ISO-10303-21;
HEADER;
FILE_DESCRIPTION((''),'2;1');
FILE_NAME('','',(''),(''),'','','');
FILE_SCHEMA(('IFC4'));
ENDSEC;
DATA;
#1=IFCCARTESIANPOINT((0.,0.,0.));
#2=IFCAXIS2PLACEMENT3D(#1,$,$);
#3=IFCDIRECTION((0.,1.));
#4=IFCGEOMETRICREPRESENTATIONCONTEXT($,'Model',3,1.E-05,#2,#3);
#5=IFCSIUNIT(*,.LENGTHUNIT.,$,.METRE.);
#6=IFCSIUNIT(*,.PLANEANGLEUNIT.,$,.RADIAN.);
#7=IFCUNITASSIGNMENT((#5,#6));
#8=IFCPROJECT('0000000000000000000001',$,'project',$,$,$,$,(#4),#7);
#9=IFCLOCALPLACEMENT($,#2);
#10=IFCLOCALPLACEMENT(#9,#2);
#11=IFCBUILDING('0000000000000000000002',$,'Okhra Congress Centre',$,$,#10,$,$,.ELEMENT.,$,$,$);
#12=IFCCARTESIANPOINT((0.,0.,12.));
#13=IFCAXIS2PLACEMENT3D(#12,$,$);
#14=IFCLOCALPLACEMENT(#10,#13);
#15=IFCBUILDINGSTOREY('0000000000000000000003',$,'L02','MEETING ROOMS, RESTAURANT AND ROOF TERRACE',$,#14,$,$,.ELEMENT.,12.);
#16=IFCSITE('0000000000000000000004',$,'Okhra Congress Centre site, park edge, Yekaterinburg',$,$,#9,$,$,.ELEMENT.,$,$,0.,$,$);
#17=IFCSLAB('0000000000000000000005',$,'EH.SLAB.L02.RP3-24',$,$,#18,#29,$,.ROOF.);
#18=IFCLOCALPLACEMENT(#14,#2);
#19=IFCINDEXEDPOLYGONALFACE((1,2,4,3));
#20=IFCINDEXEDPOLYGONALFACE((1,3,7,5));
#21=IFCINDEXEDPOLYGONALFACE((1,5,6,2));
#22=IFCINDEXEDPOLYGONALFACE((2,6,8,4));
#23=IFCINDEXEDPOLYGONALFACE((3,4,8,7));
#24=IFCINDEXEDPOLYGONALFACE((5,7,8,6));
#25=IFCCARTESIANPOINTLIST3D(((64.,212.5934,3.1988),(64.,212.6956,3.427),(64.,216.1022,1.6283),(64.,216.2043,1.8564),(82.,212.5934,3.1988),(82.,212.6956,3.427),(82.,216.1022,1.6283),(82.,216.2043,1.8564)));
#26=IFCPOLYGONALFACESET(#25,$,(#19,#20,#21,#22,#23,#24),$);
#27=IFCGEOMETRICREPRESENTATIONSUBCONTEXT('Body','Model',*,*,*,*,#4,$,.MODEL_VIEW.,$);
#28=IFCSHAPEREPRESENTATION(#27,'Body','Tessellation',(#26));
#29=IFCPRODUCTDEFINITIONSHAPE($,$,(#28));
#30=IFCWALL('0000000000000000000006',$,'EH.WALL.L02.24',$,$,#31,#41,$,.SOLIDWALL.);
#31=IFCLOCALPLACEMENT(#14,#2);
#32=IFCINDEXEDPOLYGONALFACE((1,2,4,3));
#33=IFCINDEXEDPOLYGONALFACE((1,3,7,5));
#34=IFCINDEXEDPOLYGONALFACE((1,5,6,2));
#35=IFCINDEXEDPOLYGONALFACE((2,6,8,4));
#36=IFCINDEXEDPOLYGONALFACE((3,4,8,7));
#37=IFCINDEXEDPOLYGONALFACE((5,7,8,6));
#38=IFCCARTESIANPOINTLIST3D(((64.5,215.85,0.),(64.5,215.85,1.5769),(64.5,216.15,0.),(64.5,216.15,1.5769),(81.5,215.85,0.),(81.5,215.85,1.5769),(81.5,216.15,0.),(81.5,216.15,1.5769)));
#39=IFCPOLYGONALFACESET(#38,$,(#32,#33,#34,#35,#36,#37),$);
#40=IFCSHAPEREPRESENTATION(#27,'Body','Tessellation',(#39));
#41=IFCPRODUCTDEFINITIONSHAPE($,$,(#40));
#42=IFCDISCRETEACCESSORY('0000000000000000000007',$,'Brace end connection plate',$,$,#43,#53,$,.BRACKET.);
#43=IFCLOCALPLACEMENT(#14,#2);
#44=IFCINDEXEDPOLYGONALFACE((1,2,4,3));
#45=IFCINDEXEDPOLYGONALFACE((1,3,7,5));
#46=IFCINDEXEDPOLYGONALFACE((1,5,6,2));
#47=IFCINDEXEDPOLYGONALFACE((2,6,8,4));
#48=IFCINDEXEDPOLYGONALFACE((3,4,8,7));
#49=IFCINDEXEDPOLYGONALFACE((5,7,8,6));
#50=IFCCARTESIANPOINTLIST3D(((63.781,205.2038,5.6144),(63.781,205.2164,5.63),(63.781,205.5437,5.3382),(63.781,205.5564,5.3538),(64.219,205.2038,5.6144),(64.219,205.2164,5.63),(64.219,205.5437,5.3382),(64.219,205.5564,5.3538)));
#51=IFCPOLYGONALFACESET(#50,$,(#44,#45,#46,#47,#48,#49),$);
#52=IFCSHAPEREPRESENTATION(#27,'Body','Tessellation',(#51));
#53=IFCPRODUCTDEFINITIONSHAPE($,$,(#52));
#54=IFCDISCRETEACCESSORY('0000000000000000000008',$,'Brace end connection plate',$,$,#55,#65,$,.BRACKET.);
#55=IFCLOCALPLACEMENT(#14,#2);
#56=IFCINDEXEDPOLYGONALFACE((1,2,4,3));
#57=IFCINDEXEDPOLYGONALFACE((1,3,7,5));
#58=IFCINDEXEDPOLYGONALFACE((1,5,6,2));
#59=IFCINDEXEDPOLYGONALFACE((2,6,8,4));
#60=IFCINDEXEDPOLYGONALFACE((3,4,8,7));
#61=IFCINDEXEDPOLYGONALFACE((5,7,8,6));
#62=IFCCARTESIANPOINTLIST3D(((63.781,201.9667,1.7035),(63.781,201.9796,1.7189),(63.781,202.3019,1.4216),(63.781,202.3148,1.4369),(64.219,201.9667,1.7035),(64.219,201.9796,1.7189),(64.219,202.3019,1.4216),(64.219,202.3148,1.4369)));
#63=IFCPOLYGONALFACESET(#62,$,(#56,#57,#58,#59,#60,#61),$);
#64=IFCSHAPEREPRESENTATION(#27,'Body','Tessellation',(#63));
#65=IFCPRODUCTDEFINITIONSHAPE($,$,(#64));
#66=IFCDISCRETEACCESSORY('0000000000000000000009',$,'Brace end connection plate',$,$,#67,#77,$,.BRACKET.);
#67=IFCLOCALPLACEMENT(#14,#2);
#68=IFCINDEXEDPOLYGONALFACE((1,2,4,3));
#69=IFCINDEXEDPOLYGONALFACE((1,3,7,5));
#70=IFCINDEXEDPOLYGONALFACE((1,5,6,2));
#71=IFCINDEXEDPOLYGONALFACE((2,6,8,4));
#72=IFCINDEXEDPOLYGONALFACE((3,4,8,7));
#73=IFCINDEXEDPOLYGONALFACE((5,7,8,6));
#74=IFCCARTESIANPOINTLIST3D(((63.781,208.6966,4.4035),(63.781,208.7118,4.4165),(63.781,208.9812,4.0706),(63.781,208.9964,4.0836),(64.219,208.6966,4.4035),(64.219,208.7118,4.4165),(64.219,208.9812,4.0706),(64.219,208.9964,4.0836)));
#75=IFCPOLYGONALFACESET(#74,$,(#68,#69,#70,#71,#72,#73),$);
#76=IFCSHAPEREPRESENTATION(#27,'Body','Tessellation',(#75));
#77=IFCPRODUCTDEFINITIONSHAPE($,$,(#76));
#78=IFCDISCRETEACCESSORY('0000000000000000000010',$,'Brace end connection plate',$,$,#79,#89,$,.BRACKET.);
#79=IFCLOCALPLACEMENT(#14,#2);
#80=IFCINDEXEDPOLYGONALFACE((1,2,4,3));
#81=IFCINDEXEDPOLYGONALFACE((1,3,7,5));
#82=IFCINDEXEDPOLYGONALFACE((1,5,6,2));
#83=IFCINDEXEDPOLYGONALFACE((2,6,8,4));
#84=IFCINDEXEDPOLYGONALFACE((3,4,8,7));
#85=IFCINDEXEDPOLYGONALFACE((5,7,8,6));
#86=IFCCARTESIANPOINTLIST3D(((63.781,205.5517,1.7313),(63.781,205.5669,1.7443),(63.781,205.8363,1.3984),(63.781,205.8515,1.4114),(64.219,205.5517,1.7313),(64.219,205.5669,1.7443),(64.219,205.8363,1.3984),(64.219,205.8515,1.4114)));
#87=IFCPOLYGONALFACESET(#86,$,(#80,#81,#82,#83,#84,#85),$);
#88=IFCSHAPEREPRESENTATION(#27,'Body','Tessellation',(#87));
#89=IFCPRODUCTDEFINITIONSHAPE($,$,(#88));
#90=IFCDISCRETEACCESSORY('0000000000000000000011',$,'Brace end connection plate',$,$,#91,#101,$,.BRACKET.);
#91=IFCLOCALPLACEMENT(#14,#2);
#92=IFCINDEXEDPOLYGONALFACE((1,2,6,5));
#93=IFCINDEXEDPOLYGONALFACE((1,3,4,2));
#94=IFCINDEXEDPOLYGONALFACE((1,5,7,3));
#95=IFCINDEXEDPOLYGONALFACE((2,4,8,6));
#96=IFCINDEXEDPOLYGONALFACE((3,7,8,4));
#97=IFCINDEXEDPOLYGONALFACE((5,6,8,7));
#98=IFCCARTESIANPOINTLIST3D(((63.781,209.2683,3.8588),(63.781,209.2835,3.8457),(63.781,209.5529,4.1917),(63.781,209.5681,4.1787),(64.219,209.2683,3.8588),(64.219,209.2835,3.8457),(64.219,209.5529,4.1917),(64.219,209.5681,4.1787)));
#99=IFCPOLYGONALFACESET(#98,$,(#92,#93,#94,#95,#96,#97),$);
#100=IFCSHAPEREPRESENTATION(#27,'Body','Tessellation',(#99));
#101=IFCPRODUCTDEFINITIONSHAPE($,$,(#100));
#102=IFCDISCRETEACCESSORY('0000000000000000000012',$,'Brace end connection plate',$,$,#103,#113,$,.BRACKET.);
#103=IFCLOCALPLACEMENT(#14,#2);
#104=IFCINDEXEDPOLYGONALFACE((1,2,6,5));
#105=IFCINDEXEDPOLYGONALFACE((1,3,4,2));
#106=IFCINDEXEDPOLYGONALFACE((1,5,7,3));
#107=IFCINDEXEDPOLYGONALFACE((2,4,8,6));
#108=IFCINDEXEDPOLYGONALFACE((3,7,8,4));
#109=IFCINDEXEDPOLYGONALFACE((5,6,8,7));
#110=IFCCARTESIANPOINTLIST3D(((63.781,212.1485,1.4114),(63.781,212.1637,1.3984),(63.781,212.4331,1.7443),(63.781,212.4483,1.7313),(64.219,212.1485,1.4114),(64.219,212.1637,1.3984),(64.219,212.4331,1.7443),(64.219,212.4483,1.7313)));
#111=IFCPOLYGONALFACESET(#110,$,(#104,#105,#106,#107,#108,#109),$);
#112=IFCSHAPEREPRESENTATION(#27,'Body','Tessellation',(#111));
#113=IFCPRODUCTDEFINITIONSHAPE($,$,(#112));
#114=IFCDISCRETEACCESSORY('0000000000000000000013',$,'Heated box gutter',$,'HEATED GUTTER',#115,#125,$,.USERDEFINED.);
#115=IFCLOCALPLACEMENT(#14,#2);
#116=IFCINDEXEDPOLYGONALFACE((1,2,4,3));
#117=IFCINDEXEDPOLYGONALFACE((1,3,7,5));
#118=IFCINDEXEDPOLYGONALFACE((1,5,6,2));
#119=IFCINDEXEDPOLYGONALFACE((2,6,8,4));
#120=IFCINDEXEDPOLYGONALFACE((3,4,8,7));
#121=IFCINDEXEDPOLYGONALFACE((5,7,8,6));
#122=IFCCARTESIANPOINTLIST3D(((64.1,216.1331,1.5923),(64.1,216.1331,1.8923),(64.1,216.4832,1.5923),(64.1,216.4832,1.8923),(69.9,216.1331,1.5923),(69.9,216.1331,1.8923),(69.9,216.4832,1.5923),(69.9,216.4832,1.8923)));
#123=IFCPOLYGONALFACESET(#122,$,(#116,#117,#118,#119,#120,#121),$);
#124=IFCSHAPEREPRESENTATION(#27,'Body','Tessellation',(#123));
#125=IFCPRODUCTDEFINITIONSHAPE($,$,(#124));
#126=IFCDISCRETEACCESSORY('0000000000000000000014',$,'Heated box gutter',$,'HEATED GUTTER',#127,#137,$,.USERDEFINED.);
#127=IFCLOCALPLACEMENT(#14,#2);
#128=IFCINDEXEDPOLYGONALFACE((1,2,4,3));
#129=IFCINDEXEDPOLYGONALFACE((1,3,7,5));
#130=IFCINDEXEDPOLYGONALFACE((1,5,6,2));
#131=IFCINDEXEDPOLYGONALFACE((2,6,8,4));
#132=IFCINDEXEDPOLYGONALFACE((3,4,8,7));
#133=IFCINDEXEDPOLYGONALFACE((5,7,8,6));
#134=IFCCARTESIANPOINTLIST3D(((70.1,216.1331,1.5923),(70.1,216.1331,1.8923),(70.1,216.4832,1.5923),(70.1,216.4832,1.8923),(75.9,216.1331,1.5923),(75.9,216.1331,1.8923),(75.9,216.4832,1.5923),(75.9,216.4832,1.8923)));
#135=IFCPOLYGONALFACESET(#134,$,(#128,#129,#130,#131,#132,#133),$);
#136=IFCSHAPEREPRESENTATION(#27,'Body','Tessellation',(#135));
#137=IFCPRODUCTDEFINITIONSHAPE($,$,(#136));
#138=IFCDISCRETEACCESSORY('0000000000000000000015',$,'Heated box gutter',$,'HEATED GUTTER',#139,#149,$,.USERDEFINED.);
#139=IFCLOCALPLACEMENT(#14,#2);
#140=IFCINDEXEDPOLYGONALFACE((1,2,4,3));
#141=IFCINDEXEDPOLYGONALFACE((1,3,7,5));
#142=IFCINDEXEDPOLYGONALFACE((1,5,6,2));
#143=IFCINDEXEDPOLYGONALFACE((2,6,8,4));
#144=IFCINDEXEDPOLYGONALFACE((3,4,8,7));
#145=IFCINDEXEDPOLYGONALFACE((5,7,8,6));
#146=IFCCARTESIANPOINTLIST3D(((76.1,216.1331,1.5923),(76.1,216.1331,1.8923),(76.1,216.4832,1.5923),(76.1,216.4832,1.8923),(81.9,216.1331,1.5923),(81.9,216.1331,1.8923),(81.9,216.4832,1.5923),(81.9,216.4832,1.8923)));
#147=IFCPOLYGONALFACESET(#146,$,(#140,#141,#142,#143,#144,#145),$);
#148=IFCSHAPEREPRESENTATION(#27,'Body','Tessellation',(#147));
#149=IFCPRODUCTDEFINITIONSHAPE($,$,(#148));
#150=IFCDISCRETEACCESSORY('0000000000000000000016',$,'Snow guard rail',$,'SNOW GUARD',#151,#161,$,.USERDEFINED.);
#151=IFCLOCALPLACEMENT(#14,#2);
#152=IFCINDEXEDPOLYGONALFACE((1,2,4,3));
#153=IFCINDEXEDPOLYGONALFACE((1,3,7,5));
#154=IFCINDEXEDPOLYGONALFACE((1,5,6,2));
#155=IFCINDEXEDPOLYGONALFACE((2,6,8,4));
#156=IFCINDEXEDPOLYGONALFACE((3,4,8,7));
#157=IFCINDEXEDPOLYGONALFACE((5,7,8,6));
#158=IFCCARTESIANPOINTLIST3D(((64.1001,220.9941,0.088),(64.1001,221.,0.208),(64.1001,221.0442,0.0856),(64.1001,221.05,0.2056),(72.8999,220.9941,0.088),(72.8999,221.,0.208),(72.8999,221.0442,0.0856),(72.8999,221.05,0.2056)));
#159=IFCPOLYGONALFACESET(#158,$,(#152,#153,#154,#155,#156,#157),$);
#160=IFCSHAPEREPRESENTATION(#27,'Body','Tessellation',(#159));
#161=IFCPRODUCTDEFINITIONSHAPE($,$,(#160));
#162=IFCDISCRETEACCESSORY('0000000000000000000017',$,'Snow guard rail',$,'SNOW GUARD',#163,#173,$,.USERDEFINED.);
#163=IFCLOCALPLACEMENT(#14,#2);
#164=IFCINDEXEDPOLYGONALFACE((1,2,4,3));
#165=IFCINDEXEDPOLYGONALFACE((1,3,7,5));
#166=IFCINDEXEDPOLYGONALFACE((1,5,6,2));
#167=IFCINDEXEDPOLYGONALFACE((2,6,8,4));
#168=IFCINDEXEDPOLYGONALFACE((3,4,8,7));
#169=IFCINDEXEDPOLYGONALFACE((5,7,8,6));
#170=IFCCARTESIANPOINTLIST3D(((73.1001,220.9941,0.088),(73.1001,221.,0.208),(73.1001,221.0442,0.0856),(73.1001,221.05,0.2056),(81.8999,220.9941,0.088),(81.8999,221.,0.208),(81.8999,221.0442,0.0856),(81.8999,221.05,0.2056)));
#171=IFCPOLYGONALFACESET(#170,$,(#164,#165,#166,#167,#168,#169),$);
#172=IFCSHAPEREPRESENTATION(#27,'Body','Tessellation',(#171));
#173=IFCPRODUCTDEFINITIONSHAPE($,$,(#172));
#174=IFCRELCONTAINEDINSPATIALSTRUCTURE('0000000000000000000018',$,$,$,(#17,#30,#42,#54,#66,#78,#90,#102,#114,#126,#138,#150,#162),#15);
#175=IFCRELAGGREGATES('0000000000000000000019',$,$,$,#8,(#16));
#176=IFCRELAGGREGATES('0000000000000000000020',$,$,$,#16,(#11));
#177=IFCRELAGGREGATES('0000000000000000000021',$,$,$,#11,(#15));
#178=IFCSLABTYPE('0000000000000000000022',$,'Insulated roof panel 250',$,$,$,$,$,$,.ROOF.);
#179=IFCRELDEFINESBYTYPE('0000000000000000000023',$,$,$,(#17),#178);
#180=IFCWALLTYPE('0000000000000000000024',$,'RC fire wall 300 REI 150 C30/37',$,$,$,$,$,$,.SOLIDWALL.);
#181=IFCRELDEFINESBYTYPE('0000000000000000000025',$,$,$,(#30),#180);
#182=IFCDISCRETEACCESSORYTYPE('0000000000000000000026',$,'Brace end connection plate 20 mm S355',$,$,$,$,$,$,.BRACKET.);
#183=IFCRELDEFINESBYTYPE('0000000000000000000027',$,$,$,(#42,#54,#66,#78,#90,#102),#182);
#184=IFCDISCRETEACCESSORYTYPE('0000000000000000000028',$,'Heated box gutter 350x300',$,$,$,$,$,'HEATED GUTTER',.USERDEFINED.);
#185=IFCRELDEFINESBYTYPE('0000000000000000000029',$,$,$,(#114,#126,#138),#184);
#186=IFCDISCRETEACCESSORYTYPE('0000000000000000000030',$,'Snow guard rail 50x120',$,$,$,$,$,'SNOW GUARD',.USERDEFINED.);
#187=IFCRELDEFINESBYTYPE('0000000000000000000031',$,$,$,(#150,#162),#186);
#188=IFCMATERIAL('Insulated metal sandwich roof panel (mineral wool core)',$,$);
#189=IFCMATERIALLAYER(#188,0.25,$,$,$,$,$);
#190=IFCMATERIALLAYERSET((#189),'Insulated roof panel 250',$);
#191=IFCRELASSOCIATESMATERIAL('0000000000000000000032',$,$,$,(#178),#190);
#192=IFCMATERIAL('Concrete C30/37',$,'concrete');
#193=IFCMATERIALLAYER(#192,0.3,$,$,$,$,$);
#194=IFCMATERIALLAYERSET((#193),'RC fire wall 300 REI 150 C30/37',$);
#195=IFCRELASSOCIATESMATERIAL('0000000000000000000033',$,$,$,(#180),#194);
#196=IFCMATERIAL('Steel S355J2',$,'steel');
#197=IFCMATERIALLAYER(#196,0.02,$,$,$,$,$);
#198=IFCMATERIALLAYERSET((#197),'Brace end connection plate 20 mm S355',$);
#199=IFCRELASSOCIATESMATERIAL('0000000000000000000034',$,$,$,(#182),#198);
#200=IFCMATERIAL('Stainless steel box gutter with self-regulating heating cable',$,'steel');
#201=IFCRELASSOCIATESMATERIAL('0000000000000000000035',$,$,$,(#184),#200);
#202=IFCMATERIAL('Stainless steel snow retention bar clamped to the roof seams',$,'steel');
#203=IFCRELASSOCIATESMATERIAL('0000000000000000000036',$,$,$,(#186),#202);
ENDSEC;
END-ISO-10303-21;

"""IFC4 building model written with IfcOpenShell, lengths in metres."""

from ifc_helpers import new_model, si_unit, direction, frame, frame_2d, origin, origin_2d, place, context, subcontext, project, spatial, polyline, rectangle, outline, extrude, material, layer, layer_set, type_object, element, save


model = new_model("IFC4")

# Units and contexts
model_context = context("Model", 3, precision=1e-05, world=origin(), true_north=direction((0.0, 1.0)))
body_context = subcontext(model_context, "Body", "Model", "MODEL_VIEW")
ifc_project = project(units=[si_unit("LENGTHUNIT", "METRE"), si_unit("PLANEANGLEUNIT", "RADIAN")], contexts=[model_context])

# Site, building, storey
site_placement = place(None, origin())
site = spatial("IfcSite", under=ifc_project, at=site_placement, Name="Okhra Congress Centre site, park edge, Yekaterinburg", CompositionType="ELEMENT", RefElevation=0.0)
building_placement = place(site_placement, origin())
building = spatial("IfcBuilding", under=site, at=building_placement, Name="Okhra Congress Centre", CompositionType="ELEMENT")
storey_placement = place(building_placement, frame((0.0, 0.0, 12.0)))
storey = spatial("IfcBuildingStorey", under=building, at=storey_placement, Name="L02", Description="MEETING ROOMS, RESTAURANT AND ROOF TERRACE", CompositionType="ELEMENT", Elevation=12.0)

# Shared definitions
ifc_material_1 = material(Name="Steel S355J2", Category="steel")

# Slab
ifc_material_2 = material(Name="Insulated metal sandwich roof panel (mineral wool core)")
ifc_layer_1 = layer(ifc_material_2, 0.25)
ifc_layer_set_1 = layer_set([ifc_layer_1], Name="Insulated roof panel 250")
slab_type = type_object("IfcSlabType", Name="Insulated roof panel 250", PredefinedType="ROOF", material=ifc_layer_set_1)
slab_1_placement = place(storey_placement, frame((64.0, 212.6956, 3.427), z_axis=(0.0, 0.408547, 0.912737), x_axis=(1.0, 0.0, 0.0)))
element("IfcSlab", 1, at=slab_1_placement, inside=storey, type_object=slab_type, Name="EH.SLAB.L02.RP3-24", PredefinedType="ROOF", context=body_context, shape_type="SweptSolid", body=[
    extrude(outline(polyline([(0.0, 0.0), (18.0, 0.0), (18.0, 3.8442), (0.0, 3.8442), (0.0, 0.0)])), origin(), (0.0, 0.0, -1.0), 0.25),
])

# Wall
ifc_material_3 = material(Name="Concrete C30/37", Category="concrete")
ifc_layer_2 = layer(ifc_material_3, 0.3)
ifc_layer_set_2 = layer_set([ifc_layer_2], Name="RC fire wall 300 REI 150 C30/37")
wall_type = type_object("IfcWallType", Name="RC fire wall 300 REI 150 C30/37", PredefinedType="SOLIDWALL", material=ifc_layer_set_2)
wall_placement = place(storey_placement, frame((64.5, 216.0, 0.0), z_axis=(0.0, 0.0, 1.0), x_axis=(1.0, 0.0, 0.0)))
element("IfcWall", 2, at=wall_placement, inside=storey, type_object=wall_type, Name="EH.WALL.L02.24", PredefinedType="SOLIDWALL", context=body_context, shape_type="SweptSolid", body=[
    extrude(rectangle(XDim=17.0, YDim=0.3, at=frame_2d((8.5, 0.0))), origin(), (0.0, 0.0, 1.0), 1.5769),
])

# Discrete accessories
ifc_layer_3 = layer(ifc_material_1, 0.02)
ifc_layer_set_3 = layer_set([ifc_layer_3], Name="Brace end connection plate 20 mm S355")
discrete_accessory_type_1 = type_object("IfcDiscreteAccessoryType", Name="Brace end connection plate 20 mm S355", PredefinedType="BRACKET", material=ifc_layer_set_3)
for number, where, z_axis, x_axis, name in (
    (3, (64.0, 205.3738, 5.4763), (0.0, 0.630593, 0.776114), (-1.0, 0.0, 0.0), "Brace end connection plate"),
    (4, (64.0, 202.1472, 1.5779), (0.0, -0.643762, -0.765226), (1.0, 0.0, 0.0), "Brace end connection plate"),
    (5, (64.0, 208.8389, 4.2371), (0.0, 0.760121, 0.649781), (-1.0, 0.0, 0.0), "Brace end connection plate"),
    (6, (64.0, 205.7092, 1.5779), (0.0, -0.760121, -0.649781), (1.0, 0.0, 0.0), "Brace end connection plate"),
    (7, (64.0, 209.4258, 4.0122), (0.0, -0.760121, 0.649781), (1.0, 0.0, 0.0), "Brace end connection plate"),
    (8, (64.0, 212.2908, 1.5779), (0.0, 0.760121, -0.649781), (-1.0, 0.0, 0.0), "Brace end connection plate"),
):
    element("IfcDiscreteAccessory", number, at=place(storey_placement, frame(where, z_axis=z_axis, x_axis=x_axis)), inside=storey, type_object=discrete_accessory_type_1, Name=name, PredefinedType="BRACKET", context=body_context, shape_type="SweptSolid", body=[
        extrude(rectangle(XDim=0.438, YDim=0.438, at=origin_2d()), origin(), (0.0, 0.0, 1.0), 0.02),
    ])
ifc_material_4 = material(Name="Stainless steel box gutter with self-regulating heating cable", Category="steel")
discrete_accessory_type_2 = type_object("IfcDiscreteAccessoryType", Name="Heated box gutter 350x300", ElementType="HEATED GUTTER", PredefinedType="USERDEFINED", material=ifc_material_4)
for number, where, z_axis, x_axis, name in (
    (9, (67.0, 216.3081, 1.5923), (0.0, 0.0, 1.0), (1.0, 0.0, 0.0), "Heated box gutter"),
    (10, (73.0, 216.3081, 1.5923), (0.0, 0.0, 1.0), (1.0, 0.0, 0.0), "Heated box gutter"),
    (11, (79.0, 216.3081, 1.5923), (0.0, 0.0, 1.0), (1.0, 0.0, 0.0), "Heated box gutter"),
):
    element("IfcDiscreteAccessory", number, at=place(storey_placement, frame(where, z_axis=z_axis, x_axis=x_axis)), inside=storey, type_object=discrete_accessory_type_2, Name=name, ObjectType="HEATED GUTTER", PredefinedType="USERDEFINED", context=body_context, shape_type="SweptSolid", body=[
        extrude(rectangle(XDim=5.8, YDim=0.3501, at=origin_2d()), origin(), (0.0, 0.0, 1.0), 0.3),
    ])
ifc_material_5 = material(Name="Stainless steel snow retention bar clamped to the roof seams", Category="steel")
discrete_accessory_type_3 = type_object("IfcDiscreteAccessoryType", Name="Snow guard rail 50x120", ElementType="SNOW GUARD", PredefinedType="USERDEFINED", material=ifc_material_5)
for number, where, z_axis, x_axis, name in (
    (12, (64.1001, 221.0, 0.208), (0.0, 0.048723, 0.998812), (1.0, 0.0, 0.0), "Snow guard rail"),
    (13, (73.1001, 221.0, 0.208), (0.0, 0.048723, 0.998812), (1.0, 0.0, 0.0), "Snow guard rail"),
):
    element("IfcDiscreteAccessory", number, at=place(storey_placement, frame(where, z_axis=z_axis, x_axis=x_axis)), inside=storey, type_object=discrete_accessory_type_3, Name=name, ObjectType="SNOW GUARD", PredefinedType="USERDEFINED", context=body_context, shape_type="SweptSolid", body=[
        extrude(outline(polyline([(0.0, 0.0), (8.7998, 0.0), (8.7998, 0.0501), (0.0, 0.0501), (0.0, 0.0)])), origin(), (0.0, 0.0, -1.0), 0.1201),
    ])

save(model, "model.ifc")
